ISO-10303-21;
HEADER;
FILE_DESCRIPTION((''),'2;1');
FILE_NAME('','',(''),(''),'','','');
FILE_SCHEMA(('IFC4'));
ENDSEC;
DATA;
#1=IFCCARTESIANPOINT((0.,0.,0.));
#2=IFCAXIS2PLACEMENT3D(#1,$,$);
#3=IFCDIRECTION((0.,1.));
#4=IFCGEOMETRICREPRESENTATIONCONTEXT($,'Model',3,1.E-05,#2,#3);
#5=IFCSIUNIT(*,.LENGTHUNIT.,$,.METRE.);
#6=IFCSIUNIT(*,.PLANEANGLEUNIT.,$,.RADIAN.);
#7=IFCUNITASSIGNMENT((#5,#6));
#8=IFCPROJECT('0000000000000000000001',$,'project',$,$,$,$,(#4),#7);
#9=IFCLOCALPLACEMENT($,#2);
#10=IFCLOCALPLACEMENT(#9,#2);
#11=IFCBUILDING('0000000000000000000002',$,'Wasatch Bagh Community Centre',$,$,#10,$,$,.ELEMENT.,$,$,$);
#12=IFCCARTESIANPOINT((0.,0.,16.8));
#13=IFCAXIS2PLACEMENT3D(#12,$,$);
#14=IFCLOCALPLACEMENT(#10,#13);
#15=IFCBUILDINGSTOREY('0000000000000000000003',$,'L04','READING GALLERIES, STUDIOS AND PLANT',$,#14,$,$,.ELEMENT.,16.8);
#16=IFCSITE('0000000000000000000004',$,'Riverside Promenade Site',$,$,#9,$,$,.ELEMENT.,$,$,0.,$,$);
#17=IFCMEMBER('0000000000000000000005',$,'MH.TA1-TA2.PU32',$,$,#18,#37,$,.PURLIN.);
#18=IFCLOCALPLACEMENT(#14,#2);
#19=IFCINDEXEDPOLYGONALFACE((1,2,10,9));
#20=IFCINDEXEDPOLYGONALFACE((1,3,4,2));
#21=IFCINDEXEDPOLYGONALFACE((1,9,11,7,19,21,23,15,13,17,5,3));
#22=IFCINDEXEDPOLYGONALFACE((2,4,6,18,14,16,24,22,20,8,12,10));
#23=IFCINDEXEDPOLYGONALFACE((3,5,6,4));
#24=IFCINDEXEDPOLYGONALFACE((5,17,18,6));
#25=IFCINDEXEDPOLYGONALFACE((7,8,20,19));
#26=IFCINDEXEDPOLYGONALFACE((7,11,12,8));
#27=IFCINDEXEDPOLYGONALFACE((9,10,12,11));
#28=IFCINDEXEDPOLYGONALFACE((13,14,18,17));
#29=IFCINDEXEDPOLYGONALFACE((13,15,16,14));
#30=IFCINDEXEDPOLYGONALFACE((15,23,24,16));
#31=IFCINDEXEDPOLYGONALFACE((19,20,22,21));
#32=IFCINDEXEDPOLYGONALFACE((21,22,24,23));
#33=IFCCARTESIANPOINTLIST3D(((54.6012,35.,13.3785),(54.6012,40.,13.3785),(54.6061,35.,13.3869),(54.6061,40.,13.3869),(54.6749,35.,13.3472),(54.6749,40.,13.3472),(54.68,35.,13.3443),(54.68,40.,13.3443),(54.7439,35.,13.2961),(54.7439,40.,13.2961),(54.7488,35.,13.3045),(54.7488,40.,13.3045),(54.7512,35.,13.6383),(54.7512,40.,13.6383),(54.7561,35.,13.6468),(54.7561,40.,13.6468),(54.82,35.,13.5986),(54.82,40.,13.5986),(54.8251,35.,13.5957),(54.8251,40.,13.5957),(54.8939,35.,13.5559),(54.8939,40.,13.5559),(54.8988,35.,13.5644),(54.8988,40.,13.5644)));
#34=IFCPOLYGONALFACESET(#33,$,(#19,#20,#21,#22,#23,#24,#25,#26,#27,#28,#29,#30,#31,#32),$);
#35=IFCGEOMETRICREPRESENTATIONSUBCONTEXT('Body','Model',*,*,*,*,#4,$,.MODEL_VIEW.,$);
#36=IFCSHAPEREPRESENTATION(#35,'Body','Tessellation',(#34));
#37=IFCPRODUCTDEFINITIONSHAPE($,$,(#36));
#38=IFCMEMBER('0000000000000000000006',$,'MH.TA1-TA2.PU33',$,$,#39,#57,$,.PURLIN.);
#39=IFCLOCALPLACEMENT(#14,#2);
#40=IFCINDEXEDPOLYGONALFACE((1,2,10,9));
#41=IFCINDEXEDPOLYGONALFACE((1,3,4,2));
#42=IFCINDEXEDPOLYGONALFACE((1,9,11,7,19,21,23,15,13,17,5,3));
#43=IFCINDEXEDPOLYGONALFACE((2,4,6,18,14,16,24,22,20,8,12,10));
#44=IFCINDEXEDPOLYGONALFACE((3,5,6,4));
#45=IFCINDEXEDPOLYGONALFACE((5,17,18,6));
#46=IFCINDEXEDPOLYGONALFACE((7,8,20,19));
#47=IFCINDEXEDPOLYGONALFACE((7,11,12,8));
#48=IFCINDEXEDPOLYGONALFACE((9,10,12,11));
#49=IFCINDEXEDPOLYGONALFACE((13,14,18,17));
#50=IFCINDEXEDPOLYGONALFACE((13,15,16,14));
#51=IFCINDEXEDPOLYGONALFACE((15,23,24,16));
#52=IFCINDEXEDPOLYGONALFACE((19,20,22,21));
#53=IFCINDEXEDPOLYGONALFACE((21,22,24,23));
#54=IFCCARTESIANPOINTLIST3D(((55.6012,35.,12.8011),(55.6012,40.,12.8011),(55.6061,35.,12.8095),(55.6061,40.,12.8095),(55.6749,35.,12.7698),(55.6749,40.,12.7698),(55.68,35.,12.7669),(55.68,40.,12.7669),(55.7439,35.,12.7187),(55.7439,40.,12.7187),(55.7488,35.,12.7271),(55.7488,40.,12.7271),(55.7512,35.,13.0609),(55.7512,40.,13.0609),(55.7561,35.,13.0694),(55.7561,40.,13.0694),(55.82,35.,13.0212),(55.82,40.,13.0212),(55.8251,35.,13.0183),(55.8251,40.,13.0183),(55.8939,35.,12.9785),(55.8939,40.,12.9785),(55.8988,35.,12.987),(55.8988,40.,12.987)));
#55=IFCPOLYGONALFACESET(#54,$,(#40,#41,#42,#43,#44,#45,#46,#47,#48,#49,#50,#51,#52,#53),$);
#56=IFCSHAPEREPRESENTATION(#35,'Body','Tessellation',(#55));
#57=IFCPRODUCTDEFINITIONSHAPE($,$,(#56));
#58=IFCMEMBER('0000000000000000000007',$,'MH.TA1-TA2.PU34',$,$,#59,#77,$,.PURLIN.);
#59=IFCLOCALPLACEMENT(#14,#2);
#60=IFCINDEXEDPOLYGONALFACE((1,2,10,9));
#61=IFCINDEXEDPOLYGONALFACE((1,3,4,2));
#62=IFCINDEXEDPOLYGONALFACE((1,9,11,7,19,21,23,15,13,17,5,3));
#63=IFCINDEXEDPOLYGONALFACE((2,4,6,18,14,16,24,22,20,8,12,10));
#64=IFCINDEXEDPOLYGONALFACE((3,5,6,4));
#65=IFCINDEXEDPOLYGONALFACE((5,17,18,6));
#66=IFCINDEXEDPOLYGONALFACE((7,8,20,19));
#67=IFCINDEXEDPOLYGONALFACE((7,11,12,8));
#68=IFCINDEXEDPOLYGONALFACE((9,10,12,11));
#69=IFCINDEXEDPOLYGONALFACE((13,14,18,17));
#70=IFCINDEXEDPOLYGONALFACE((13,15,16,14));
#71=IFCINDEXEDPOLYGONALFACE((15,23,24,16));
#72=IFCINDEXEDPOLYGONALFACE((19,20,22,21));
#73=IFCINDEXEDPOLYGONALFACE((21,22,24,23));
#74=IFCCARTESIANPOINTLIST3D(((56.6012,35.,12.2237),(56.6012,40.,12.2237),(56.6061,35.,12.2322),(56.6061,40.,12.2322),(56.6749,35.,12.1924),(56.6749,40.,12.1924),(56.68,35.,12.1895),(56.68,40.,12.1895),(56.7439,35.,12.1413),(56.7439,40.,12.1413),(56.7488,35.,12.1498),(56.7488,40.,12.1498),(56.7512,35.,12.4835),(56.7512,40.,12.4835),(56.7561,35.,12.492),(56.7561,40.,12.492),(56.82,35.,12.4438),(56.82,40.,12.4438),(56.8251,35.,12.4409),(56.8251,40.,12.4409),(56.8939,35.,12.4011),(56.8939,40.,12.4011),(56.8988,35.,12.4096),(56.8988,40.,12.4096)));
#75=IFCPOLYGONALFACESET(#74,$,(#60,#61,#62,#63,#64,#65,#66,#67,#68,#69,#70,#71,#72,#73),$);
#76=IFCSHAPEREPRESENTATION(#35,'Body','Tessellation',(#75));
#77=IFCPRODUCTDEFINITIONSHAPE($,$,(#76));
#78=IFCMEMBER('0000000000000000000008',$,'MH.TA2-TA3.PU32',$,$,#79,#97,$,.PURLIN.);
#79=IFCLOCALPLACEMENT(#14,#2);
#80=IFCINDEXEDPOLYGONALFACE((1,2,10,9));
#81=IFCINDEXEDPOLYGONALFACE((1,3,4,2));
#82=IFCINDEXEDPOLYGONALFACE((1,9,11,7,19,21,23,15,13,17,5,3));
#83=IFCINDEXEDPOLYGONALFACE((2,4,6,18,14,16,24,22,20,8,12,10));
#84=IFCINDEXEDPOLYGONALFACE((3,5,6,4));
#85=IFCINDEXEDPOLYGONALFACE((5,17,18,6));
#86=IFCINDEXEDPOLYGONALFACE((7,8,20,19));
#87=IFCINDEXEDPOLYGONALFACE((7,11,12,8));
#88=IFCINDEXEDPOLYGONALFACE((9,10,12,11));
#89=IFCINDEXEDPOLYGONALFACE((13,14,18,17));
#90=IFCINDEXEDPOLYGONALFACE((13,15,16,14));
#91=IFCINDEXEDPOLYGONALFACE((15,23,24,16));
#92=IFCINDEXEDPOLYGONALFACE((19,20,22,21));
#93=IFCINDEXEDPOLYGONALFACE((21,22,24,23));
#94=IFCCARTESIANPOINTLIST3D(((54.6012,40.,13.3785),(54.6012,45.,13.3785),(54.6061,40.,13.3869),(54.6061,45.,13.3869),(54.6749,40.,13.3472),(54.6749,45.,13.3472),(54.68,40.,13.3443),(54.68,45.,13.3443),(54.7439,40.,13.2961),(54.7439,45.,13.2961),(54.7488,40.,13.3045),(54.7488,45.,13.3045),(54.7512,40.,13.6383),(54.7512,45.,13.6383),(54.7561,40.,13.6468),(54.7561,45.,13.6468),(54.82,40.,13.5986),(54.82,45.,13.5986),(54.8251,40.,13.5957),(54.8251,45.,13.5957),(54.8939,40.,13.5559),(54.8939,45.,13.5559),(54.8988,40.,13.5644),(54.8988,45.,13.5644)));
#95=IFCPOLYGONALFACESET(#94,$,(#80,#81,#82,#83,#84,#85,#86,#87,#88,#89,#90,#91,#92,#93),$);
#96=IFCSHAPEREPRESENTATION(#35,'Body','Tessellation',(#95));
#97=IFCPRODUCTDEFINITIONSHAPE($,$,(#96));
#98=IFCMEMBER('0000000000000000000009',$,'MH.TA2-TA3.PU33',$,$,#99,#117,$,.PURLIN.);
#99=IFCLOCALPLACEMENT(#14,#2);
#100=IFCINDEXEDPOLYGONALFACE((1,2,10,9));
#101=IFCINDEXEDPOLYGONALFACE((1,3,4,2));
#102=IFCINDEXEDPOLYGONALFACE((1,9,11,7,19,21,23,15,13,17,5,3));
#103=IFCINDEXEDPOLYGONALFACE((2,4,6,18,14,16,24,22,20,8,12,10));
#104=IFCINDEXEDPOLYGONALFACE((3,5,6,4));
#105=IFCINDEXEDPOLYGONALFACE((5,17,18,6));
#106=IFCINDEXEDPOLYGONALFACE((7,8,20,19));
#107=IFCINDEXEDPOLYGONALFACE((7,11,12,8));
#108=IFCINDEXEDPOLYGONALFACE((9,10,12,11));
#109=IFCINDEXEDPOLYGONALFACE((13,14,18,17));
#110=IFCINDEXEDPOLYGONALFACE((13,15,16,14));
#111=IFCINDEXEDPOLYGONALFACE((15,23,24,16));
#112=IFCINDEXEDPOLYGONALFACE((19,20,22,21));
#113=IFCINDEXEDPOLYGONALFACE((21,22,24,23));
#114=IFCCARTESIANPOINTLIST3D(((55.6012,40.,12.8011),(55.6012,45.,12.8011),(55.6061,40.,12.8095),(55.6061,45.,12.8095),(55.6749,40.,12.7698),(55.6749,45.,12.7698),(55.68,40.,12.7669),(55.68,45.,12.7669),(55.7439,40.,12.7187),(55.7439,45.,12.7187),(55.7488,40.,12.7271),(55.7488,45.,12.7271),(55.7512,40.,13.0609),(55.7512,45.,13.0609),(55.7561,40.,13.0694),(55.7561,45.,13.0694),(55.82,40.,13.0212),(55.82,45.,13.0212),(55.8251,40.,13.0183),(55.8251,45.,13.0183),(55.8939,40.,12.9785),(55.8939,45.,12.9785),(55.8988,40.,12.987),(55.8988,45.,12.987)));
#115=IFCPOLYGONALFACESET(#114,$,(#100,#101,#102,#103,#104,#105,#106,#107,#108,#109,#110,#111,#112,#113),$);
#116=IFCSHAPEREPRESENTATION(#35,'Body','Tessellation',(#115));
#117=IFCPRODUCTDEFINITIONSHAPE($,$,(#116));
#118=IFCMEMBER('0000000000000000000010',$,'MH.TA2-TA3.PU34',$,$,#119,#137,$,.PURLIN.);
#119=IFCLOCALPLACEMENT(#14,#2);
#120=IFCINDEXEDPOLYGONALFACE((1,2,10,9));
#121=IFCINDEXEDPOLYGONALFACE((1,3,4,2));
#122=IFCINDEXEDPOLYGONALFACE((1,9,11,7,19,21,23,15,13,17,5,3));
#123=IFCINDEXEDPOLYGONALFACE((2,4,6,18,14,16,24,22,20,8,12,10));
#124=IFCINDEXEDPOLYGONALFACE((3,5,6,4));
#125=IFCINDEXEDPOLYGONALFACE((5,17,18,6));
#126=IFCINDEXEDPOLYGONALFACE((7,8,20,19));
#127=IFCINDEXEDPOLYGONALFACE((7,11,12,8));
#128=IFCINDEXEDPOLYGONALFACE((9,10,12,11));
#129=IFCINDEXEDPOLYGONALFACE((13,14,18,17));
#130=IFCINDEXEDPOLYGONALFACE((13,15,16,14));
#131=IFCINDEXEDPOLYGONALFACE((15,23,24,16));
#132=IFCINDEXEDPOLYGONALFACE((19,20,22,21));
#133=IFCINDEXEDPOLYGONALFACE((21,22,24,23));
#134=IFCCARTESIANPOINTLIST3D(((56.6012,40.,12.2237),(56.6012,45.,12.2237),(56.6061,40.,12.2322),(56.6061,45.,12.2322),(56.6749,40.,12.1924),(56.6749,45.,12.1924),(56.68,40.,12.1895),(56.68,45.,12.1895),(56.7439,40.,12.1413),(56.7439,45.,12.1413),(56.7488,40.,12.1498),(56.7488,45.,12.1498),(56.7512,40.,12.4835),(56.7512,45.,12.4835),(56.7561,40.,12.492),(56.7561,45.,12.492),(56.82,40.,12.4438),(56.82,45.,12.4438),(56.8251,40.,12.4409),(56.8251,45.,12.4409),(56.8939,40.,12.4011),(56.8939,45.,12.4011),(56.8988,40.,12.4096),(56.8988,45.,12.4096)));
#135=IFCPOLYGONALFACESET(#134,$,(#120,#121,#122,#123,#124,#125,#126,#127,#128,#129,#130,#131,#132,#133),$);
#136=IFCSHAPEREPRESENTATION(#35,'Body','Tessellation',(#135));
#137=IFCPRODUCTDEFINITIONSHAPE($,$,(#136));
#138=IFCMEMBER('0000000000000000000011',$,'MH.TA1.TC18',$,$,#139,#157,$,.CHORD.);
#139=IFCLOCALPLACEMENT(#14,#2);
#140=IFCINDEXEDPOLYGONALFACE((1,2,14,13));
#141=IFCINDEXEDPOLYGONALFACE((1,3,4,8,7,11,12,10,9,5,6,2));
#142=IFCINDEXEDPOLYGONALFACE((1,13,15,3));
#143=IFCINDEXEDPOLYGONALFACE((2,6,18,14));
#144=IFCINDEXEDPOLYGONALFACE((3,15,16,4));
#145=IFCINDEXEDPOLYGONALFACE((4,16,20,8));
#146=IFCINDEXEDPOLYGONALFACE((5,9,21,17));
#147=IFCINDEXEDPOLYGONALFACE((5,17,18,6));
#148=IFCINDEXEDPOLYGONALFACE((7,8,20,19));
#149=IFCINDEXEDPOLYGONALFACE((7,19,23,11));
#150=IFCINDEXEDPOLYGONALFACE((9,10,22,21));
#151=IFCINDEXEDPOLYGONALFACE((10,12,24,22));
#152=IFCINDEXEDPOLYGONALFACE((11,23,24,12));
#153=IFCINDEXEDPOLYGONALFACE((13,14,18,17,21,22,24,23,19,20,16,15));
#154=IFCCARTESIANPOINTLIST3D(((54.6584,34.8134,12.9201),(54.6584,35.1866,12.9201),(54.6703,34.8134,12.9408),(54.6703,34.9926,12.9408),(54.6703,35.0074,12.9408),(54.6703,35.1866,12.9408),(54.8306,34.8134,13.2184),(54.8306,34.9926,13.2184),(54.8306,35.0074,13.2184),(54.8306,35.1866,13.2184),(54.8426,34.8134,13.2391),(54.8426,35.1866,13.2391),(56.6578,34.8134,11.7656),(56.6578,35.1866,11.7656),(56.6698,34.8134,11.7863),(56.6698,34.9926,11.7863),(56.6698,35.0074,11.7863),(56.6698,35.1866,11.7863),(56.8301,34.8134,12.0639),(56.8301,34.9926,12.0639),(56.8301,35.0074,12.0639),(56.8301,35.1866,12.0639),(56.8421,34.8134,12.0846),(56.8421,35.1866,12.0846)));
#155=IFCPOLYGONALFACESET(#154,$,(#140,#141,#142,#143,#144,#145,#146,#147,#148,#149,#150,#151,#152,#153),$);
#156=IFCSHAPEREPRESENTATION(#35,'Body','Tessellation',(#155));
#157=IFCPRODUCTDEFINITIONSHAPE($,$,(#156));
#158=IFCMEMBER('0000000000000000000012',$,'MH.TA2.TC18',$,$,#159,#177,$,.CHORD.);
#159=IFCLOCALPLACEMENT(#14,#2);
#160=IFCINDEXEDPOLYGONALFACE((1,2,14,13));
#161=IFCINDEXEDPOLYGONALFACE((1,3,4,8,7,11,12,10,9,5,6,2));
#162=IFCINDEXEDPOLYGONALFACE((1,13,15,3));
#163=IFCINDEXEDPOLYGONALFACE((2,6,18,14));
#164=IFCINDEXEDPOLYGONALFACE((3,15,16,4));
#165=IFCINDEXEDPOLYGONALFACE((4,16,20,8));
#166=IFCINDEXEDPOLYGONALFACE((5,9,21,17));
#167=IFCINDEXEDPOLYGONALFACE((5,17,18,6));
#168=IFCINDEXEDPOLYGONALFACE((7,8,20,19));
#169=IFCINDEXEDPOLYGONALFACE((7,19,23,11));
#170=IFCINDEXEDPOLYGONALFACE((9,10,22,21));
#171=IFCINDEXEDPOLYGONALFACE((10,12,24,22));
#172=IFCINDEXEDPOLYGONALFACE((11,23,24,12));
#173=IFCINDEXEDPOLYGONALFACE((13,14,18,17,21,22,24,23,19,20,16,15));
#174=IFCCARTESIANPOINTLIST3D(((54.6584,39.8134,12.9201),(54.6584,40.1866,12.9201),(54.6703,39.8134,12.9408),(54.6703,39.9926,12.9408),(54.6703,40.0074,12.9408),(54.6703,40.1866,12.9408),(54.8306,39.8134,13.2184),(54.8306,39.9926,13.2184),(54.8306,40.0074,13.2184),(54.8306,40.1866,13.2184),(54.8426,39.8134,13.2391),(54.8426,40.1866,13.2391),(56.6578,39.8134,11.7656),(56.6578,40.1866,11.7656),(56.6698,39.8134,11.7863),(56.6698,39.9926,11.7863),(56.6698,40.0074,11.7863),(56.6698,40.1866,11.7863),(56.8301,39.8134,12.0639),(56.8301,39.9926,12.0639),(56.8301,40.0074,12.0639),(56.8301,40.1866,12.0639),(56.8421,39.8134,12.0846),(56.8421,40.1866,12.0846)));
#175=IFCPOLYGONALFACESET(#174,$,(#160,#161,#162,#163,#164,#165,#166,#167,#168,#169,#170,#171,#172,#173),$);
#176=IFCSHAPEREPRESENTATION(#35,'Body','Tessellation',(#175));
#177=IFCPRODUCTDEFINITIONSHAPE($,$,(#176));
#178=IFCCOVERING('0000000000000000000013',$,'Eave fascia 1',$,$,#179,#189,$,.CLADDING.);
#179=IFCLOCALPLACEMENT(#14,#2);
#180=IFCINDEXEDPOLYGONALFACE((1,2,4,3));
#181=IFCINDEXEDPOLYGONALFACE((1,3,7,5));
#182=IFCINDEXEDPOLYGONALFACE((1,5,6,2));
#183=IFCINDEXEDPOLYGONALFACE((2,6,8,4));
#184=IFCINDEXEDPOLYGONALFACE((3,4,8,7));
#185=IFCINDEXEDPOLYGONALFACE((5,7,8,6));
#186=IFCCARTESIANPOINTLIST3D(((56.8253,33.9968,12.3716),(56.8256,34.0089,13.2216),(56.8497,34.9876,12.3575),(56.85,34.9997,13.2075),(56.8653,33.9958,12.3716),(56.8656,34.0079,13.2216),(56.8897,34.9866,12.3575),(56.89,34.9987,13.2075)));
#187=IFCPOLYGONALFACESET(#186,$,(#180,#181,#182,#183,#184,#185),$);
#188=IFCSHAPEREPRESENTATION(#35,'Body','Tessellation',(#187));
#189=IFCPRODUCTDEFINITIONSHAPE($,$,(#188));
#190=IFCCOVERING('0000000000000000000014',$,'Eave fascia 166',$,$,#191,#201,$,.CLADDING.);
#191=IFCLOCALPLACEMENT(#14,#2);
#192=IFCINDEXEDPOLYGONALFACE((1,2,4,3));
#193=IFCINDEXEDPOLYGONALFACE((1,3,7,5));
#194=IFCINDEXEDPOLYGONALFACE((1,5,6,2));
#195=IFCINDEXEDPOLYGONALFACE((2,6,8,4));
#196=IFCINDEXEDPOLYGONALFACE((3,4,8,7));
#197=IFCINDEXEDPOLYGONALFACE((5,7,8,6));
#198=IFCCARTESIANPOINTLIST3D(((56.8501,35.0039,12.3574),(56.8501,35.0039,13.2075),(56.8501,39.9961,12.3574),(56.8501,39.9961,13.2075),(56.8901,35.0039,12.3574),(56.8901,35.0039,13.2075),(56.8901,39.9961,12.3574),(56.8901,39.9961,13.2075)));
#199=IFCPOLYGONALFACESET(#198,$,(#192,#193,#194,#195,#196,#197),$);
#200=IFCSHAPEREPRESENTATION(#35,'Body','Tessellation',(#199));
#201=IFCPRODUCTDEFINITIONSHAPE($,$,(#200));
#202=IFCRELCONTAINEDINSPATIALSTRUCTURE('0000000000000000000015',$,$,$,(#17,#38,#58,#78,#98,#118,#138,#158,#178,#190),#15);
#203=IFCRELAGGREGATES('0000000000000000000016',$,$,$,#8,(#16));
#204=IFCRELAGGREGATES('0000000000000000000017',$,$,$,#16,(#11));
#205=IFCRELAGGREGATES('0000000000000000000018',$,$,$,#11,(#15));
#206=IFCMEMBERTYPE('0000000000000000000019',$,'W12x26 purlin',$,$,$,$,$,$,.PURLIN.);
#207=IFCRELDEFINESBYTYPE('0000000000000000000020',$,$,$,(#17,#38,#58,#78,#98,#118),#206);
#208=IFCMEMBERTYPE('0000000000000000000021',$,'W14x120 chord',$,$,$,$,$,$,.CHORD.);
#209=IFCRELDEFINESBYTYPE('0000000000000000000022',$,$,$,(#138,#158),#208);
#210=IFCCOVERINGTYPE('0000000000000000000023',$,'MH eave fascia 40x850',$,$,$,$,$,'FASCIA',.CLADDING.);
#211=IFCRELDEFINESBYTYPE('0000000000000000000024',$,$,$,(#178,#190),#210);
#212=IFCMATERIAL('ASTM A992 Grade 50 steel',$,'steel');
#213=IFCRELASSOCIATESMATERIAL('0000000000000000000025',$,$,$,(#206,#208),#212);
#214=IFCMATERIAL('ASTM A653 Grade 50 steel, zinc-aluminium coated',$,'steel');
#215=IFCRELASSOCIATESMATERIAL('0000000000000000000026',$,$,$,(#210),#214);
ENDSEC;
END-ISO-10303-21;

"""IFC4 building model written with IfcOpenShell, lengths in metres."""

from ifc_helpers import new_model, si_unit, direction, frame, origin, origin_2d, place, context, subcontext, project, spatial, rectangle, i_section, extrude, material, material_profile, profile_set, type_object, element, save


model = new_model("IFC4")

# Units and contexts
model_context = context("Model", 3, precision=1e-05, world=origin(), true_north=direction((0.0, 1.0)))
body_context = subcontext(model_context, "Body", "Model", "MODEL_VIEW")
ifc_project = project(units=[si_unit("LENGTHUNIT", "METRE"), si_unit("PLANEANGLEUNIT", "RADIAN")], contexts=[model_context])

# Site, building, storey
site_placement = place(None, origin())
site = spatial("IfcSite", under=ifc_project, at=site_placement, Name="Riverside Promenade Site", CompositionType="ELEMENT", RefElevation=0.0)
building_placement = place(site_placement, origin())
building = spatial("IfcBuilding", under=site, at=building_placement, Name="Wasatch Bagh Community Centre", CompositionType="ELEMENT")
storey_placement = place(building_placement, frame((0.0, 0.0, 16.8)))
storey = spatial("IfcBuildingStorey", under=building, at=storey_placement, Name="L04", Description="READING GALLERIES, STUDIOS AND PLANT", CompositionType="ELEMENT", Elevation=16.8)

# Members
ifc_material_1 = material(Name="ASTM A992 Grade 50 steel", Category="steel")
ifc_material_profile_1 = material_profile(ifc_material_1, i_section(OverallWidth=0.1648, OverallDepth=0.3098, WebThickness=0.0059, FlangeThickness=0.0098, at=origin_2d()), Name="W12x26")
ifc_profile_set_1 = profile_set([ifc_material_profile_1], Name="ASTM A992 Grade 50 steel")
member_type_1 = type_object("IfcMemberType", Name="W12x26 purlin", PredefinedType="PURLIN", material=ifc_profile_set_1)
for number, where, z_axis, x_axis, name in (
    (1, (54.75, 35.0, 13.4714), (0.0, 1.0, 0.0), (-0.866025, 0.0, 0.5), "MH.TA1-TA2.PU32"),
    (2, (55.75, 35.0, 12.894), (0.0, 1.0, 0.0), (-0.866025, 0.0, 0.5), "MH.TA1-TA2.PU33"),
    (3, (56.75, 35.0, 12.3167), (0.0, 1.0, 0.0), (-0.866025, 0.0, 0.5), "MH.TA1-TA2.PU34"),
    (4, (54.75, 40.0, 13.4714), (0.0, 1.0, 0.0), (-0.866025, 0.0, 0.5), "MH.TA2-TA3.PU32"),
    (5, (55.75, 40.0, 12.894), (0.0, 1.0, 0.0), (-0.866025, 0.0, 0.5), "MH.TA2-TA3.PU33"),
    (6, (56.75, 40.0, 12.3167), (0.0, 1.0, 0.0), (-0.866025, 0.0, 0.5), "MH.TA2-TA3.PU34"),
):
    element("IfcMember", number, at=place(storey_placement, frame(where, z_axis=z_axis, x_axis=x_axis)), inside=storey, type_object=member_type_1, Name=name, PredefinedType="PURLIN", context=body_context, shape_type="SweptSolid", body=[
        extrude(i_section(OverallWidth=0.1648, OverallDepth=0.3098, WebThickness=0.0059, FlangeThickness=0.0098, at=origin_2d()), origin(), (0.0, 0.0, 1.0), 5.0),
    ])
ifc_material_profile_2 = material_profile(ifc_material_1, i_section(OverallWidth=0.3733, OverallDepth=0.3684, WebThickness=0.0149, FlangeThickness=0.0239, at=origin_2d()), Name="W14x120")
ifc_profile_set_2 = profile_set([ifc_material_profile_2], Name="ASTM A992 Grade 50 steel")
member_type_2 = type_object("IfcMemberType", Name="W14x120 chord", PredefinedType="CHORD", material=ifc_profile_set_2)
for number, where, z_axis, x_axis, name in (
    (7, (54.7505, 35.0, 13.0796), (0.866002, 0.0, -0.50004), (0.0, 1.0, 0.0), "MH.TA1.TC18"),
    (8, (54.7505, 40.0, 13.0796), (0.866002, 0.0, -0.50004), (0.0, 1.0, 0.0), "MH.TA2.TC18"),
):
    element("IfcMember", number, at=place(storey_placement, frame(where, z_axis=z_axis, x_axis=x_axis)), inside=storey, type_object=member_type_2, Name=name, PredefinedType="CHORD", context=body_context, shape_type="SweptSolid", body=[
        extrude(i_section(OverallWidth=0.3733, OverallDepth=0.3684, WebThickness=0.0149, FlangeThickness=0.0239, at=origin_2d()), origin(), (0.0, 0.0, 1.0), 2.3088),
    ])

# Coverings
ifc_material_2 = material(Name="ASTM A653 Grade 50 steel, zinc-aluminium coated", Category="steel")
ifc_material_profile_3 = material_profile(ifc_material_2, rectangle(XDim=0.04, YDim=0.8501, at=origin_2d()), Name="FASCIA 40x850")
ifc_profile_set_3 = profile_set([ifc_material_profile_3], Name="ASTM A653 Grade 50 steel, zinc-aluminium coated")
covering_type_1 = type_object("IfcCoveringType", Name="MH eave fascia 40x850", ElementType="FASCIA", PredefinedType="CLADDING", material=ifc_profile_set_3)
covering_1_placement = place(storey_placement, frame((56.8699, 34.9932, 12.7825), z_axis=(-0.024633, -0.999594, 0.014287), x_axis=(0.999697, -0.024635, 0.0)))
element("IfcCovering", 9, at=covering_1_placement, inside=storey, type_object=covering_type_1, Name="Eave fascia 1", PredefinedType="CLADDING", context=body_context, shape_type="SweptSolid", body=[
    extrude(rectangle(XDim=0.04, YDim=0.8501, at=origin_2d()), origin(), (0.0, 0.0, 1.0), 0.9912),
])
covering_2_placement = place(storey_placement, frame((56.8701, 39.9961, 12.7825), z_axis=(0.0, -1.0, 0.0), x_axis=(1.0, 0.0, 0.0)))
element("IfcCovering", 10, at=covering_2_placement, inside=storey, type_object=covering_type_1, Name="Eave fascia 166", PredefinedType="CLADDING", context=body_context, shape_type="SweptSolid", body=[
    extrude(rectangle(XDim=0.04, YDim=0.8501, at=origin_2d()), origin(), (0.0, 0.0, 1.0), 4.9922),
])

save(model, "model.ifc")
